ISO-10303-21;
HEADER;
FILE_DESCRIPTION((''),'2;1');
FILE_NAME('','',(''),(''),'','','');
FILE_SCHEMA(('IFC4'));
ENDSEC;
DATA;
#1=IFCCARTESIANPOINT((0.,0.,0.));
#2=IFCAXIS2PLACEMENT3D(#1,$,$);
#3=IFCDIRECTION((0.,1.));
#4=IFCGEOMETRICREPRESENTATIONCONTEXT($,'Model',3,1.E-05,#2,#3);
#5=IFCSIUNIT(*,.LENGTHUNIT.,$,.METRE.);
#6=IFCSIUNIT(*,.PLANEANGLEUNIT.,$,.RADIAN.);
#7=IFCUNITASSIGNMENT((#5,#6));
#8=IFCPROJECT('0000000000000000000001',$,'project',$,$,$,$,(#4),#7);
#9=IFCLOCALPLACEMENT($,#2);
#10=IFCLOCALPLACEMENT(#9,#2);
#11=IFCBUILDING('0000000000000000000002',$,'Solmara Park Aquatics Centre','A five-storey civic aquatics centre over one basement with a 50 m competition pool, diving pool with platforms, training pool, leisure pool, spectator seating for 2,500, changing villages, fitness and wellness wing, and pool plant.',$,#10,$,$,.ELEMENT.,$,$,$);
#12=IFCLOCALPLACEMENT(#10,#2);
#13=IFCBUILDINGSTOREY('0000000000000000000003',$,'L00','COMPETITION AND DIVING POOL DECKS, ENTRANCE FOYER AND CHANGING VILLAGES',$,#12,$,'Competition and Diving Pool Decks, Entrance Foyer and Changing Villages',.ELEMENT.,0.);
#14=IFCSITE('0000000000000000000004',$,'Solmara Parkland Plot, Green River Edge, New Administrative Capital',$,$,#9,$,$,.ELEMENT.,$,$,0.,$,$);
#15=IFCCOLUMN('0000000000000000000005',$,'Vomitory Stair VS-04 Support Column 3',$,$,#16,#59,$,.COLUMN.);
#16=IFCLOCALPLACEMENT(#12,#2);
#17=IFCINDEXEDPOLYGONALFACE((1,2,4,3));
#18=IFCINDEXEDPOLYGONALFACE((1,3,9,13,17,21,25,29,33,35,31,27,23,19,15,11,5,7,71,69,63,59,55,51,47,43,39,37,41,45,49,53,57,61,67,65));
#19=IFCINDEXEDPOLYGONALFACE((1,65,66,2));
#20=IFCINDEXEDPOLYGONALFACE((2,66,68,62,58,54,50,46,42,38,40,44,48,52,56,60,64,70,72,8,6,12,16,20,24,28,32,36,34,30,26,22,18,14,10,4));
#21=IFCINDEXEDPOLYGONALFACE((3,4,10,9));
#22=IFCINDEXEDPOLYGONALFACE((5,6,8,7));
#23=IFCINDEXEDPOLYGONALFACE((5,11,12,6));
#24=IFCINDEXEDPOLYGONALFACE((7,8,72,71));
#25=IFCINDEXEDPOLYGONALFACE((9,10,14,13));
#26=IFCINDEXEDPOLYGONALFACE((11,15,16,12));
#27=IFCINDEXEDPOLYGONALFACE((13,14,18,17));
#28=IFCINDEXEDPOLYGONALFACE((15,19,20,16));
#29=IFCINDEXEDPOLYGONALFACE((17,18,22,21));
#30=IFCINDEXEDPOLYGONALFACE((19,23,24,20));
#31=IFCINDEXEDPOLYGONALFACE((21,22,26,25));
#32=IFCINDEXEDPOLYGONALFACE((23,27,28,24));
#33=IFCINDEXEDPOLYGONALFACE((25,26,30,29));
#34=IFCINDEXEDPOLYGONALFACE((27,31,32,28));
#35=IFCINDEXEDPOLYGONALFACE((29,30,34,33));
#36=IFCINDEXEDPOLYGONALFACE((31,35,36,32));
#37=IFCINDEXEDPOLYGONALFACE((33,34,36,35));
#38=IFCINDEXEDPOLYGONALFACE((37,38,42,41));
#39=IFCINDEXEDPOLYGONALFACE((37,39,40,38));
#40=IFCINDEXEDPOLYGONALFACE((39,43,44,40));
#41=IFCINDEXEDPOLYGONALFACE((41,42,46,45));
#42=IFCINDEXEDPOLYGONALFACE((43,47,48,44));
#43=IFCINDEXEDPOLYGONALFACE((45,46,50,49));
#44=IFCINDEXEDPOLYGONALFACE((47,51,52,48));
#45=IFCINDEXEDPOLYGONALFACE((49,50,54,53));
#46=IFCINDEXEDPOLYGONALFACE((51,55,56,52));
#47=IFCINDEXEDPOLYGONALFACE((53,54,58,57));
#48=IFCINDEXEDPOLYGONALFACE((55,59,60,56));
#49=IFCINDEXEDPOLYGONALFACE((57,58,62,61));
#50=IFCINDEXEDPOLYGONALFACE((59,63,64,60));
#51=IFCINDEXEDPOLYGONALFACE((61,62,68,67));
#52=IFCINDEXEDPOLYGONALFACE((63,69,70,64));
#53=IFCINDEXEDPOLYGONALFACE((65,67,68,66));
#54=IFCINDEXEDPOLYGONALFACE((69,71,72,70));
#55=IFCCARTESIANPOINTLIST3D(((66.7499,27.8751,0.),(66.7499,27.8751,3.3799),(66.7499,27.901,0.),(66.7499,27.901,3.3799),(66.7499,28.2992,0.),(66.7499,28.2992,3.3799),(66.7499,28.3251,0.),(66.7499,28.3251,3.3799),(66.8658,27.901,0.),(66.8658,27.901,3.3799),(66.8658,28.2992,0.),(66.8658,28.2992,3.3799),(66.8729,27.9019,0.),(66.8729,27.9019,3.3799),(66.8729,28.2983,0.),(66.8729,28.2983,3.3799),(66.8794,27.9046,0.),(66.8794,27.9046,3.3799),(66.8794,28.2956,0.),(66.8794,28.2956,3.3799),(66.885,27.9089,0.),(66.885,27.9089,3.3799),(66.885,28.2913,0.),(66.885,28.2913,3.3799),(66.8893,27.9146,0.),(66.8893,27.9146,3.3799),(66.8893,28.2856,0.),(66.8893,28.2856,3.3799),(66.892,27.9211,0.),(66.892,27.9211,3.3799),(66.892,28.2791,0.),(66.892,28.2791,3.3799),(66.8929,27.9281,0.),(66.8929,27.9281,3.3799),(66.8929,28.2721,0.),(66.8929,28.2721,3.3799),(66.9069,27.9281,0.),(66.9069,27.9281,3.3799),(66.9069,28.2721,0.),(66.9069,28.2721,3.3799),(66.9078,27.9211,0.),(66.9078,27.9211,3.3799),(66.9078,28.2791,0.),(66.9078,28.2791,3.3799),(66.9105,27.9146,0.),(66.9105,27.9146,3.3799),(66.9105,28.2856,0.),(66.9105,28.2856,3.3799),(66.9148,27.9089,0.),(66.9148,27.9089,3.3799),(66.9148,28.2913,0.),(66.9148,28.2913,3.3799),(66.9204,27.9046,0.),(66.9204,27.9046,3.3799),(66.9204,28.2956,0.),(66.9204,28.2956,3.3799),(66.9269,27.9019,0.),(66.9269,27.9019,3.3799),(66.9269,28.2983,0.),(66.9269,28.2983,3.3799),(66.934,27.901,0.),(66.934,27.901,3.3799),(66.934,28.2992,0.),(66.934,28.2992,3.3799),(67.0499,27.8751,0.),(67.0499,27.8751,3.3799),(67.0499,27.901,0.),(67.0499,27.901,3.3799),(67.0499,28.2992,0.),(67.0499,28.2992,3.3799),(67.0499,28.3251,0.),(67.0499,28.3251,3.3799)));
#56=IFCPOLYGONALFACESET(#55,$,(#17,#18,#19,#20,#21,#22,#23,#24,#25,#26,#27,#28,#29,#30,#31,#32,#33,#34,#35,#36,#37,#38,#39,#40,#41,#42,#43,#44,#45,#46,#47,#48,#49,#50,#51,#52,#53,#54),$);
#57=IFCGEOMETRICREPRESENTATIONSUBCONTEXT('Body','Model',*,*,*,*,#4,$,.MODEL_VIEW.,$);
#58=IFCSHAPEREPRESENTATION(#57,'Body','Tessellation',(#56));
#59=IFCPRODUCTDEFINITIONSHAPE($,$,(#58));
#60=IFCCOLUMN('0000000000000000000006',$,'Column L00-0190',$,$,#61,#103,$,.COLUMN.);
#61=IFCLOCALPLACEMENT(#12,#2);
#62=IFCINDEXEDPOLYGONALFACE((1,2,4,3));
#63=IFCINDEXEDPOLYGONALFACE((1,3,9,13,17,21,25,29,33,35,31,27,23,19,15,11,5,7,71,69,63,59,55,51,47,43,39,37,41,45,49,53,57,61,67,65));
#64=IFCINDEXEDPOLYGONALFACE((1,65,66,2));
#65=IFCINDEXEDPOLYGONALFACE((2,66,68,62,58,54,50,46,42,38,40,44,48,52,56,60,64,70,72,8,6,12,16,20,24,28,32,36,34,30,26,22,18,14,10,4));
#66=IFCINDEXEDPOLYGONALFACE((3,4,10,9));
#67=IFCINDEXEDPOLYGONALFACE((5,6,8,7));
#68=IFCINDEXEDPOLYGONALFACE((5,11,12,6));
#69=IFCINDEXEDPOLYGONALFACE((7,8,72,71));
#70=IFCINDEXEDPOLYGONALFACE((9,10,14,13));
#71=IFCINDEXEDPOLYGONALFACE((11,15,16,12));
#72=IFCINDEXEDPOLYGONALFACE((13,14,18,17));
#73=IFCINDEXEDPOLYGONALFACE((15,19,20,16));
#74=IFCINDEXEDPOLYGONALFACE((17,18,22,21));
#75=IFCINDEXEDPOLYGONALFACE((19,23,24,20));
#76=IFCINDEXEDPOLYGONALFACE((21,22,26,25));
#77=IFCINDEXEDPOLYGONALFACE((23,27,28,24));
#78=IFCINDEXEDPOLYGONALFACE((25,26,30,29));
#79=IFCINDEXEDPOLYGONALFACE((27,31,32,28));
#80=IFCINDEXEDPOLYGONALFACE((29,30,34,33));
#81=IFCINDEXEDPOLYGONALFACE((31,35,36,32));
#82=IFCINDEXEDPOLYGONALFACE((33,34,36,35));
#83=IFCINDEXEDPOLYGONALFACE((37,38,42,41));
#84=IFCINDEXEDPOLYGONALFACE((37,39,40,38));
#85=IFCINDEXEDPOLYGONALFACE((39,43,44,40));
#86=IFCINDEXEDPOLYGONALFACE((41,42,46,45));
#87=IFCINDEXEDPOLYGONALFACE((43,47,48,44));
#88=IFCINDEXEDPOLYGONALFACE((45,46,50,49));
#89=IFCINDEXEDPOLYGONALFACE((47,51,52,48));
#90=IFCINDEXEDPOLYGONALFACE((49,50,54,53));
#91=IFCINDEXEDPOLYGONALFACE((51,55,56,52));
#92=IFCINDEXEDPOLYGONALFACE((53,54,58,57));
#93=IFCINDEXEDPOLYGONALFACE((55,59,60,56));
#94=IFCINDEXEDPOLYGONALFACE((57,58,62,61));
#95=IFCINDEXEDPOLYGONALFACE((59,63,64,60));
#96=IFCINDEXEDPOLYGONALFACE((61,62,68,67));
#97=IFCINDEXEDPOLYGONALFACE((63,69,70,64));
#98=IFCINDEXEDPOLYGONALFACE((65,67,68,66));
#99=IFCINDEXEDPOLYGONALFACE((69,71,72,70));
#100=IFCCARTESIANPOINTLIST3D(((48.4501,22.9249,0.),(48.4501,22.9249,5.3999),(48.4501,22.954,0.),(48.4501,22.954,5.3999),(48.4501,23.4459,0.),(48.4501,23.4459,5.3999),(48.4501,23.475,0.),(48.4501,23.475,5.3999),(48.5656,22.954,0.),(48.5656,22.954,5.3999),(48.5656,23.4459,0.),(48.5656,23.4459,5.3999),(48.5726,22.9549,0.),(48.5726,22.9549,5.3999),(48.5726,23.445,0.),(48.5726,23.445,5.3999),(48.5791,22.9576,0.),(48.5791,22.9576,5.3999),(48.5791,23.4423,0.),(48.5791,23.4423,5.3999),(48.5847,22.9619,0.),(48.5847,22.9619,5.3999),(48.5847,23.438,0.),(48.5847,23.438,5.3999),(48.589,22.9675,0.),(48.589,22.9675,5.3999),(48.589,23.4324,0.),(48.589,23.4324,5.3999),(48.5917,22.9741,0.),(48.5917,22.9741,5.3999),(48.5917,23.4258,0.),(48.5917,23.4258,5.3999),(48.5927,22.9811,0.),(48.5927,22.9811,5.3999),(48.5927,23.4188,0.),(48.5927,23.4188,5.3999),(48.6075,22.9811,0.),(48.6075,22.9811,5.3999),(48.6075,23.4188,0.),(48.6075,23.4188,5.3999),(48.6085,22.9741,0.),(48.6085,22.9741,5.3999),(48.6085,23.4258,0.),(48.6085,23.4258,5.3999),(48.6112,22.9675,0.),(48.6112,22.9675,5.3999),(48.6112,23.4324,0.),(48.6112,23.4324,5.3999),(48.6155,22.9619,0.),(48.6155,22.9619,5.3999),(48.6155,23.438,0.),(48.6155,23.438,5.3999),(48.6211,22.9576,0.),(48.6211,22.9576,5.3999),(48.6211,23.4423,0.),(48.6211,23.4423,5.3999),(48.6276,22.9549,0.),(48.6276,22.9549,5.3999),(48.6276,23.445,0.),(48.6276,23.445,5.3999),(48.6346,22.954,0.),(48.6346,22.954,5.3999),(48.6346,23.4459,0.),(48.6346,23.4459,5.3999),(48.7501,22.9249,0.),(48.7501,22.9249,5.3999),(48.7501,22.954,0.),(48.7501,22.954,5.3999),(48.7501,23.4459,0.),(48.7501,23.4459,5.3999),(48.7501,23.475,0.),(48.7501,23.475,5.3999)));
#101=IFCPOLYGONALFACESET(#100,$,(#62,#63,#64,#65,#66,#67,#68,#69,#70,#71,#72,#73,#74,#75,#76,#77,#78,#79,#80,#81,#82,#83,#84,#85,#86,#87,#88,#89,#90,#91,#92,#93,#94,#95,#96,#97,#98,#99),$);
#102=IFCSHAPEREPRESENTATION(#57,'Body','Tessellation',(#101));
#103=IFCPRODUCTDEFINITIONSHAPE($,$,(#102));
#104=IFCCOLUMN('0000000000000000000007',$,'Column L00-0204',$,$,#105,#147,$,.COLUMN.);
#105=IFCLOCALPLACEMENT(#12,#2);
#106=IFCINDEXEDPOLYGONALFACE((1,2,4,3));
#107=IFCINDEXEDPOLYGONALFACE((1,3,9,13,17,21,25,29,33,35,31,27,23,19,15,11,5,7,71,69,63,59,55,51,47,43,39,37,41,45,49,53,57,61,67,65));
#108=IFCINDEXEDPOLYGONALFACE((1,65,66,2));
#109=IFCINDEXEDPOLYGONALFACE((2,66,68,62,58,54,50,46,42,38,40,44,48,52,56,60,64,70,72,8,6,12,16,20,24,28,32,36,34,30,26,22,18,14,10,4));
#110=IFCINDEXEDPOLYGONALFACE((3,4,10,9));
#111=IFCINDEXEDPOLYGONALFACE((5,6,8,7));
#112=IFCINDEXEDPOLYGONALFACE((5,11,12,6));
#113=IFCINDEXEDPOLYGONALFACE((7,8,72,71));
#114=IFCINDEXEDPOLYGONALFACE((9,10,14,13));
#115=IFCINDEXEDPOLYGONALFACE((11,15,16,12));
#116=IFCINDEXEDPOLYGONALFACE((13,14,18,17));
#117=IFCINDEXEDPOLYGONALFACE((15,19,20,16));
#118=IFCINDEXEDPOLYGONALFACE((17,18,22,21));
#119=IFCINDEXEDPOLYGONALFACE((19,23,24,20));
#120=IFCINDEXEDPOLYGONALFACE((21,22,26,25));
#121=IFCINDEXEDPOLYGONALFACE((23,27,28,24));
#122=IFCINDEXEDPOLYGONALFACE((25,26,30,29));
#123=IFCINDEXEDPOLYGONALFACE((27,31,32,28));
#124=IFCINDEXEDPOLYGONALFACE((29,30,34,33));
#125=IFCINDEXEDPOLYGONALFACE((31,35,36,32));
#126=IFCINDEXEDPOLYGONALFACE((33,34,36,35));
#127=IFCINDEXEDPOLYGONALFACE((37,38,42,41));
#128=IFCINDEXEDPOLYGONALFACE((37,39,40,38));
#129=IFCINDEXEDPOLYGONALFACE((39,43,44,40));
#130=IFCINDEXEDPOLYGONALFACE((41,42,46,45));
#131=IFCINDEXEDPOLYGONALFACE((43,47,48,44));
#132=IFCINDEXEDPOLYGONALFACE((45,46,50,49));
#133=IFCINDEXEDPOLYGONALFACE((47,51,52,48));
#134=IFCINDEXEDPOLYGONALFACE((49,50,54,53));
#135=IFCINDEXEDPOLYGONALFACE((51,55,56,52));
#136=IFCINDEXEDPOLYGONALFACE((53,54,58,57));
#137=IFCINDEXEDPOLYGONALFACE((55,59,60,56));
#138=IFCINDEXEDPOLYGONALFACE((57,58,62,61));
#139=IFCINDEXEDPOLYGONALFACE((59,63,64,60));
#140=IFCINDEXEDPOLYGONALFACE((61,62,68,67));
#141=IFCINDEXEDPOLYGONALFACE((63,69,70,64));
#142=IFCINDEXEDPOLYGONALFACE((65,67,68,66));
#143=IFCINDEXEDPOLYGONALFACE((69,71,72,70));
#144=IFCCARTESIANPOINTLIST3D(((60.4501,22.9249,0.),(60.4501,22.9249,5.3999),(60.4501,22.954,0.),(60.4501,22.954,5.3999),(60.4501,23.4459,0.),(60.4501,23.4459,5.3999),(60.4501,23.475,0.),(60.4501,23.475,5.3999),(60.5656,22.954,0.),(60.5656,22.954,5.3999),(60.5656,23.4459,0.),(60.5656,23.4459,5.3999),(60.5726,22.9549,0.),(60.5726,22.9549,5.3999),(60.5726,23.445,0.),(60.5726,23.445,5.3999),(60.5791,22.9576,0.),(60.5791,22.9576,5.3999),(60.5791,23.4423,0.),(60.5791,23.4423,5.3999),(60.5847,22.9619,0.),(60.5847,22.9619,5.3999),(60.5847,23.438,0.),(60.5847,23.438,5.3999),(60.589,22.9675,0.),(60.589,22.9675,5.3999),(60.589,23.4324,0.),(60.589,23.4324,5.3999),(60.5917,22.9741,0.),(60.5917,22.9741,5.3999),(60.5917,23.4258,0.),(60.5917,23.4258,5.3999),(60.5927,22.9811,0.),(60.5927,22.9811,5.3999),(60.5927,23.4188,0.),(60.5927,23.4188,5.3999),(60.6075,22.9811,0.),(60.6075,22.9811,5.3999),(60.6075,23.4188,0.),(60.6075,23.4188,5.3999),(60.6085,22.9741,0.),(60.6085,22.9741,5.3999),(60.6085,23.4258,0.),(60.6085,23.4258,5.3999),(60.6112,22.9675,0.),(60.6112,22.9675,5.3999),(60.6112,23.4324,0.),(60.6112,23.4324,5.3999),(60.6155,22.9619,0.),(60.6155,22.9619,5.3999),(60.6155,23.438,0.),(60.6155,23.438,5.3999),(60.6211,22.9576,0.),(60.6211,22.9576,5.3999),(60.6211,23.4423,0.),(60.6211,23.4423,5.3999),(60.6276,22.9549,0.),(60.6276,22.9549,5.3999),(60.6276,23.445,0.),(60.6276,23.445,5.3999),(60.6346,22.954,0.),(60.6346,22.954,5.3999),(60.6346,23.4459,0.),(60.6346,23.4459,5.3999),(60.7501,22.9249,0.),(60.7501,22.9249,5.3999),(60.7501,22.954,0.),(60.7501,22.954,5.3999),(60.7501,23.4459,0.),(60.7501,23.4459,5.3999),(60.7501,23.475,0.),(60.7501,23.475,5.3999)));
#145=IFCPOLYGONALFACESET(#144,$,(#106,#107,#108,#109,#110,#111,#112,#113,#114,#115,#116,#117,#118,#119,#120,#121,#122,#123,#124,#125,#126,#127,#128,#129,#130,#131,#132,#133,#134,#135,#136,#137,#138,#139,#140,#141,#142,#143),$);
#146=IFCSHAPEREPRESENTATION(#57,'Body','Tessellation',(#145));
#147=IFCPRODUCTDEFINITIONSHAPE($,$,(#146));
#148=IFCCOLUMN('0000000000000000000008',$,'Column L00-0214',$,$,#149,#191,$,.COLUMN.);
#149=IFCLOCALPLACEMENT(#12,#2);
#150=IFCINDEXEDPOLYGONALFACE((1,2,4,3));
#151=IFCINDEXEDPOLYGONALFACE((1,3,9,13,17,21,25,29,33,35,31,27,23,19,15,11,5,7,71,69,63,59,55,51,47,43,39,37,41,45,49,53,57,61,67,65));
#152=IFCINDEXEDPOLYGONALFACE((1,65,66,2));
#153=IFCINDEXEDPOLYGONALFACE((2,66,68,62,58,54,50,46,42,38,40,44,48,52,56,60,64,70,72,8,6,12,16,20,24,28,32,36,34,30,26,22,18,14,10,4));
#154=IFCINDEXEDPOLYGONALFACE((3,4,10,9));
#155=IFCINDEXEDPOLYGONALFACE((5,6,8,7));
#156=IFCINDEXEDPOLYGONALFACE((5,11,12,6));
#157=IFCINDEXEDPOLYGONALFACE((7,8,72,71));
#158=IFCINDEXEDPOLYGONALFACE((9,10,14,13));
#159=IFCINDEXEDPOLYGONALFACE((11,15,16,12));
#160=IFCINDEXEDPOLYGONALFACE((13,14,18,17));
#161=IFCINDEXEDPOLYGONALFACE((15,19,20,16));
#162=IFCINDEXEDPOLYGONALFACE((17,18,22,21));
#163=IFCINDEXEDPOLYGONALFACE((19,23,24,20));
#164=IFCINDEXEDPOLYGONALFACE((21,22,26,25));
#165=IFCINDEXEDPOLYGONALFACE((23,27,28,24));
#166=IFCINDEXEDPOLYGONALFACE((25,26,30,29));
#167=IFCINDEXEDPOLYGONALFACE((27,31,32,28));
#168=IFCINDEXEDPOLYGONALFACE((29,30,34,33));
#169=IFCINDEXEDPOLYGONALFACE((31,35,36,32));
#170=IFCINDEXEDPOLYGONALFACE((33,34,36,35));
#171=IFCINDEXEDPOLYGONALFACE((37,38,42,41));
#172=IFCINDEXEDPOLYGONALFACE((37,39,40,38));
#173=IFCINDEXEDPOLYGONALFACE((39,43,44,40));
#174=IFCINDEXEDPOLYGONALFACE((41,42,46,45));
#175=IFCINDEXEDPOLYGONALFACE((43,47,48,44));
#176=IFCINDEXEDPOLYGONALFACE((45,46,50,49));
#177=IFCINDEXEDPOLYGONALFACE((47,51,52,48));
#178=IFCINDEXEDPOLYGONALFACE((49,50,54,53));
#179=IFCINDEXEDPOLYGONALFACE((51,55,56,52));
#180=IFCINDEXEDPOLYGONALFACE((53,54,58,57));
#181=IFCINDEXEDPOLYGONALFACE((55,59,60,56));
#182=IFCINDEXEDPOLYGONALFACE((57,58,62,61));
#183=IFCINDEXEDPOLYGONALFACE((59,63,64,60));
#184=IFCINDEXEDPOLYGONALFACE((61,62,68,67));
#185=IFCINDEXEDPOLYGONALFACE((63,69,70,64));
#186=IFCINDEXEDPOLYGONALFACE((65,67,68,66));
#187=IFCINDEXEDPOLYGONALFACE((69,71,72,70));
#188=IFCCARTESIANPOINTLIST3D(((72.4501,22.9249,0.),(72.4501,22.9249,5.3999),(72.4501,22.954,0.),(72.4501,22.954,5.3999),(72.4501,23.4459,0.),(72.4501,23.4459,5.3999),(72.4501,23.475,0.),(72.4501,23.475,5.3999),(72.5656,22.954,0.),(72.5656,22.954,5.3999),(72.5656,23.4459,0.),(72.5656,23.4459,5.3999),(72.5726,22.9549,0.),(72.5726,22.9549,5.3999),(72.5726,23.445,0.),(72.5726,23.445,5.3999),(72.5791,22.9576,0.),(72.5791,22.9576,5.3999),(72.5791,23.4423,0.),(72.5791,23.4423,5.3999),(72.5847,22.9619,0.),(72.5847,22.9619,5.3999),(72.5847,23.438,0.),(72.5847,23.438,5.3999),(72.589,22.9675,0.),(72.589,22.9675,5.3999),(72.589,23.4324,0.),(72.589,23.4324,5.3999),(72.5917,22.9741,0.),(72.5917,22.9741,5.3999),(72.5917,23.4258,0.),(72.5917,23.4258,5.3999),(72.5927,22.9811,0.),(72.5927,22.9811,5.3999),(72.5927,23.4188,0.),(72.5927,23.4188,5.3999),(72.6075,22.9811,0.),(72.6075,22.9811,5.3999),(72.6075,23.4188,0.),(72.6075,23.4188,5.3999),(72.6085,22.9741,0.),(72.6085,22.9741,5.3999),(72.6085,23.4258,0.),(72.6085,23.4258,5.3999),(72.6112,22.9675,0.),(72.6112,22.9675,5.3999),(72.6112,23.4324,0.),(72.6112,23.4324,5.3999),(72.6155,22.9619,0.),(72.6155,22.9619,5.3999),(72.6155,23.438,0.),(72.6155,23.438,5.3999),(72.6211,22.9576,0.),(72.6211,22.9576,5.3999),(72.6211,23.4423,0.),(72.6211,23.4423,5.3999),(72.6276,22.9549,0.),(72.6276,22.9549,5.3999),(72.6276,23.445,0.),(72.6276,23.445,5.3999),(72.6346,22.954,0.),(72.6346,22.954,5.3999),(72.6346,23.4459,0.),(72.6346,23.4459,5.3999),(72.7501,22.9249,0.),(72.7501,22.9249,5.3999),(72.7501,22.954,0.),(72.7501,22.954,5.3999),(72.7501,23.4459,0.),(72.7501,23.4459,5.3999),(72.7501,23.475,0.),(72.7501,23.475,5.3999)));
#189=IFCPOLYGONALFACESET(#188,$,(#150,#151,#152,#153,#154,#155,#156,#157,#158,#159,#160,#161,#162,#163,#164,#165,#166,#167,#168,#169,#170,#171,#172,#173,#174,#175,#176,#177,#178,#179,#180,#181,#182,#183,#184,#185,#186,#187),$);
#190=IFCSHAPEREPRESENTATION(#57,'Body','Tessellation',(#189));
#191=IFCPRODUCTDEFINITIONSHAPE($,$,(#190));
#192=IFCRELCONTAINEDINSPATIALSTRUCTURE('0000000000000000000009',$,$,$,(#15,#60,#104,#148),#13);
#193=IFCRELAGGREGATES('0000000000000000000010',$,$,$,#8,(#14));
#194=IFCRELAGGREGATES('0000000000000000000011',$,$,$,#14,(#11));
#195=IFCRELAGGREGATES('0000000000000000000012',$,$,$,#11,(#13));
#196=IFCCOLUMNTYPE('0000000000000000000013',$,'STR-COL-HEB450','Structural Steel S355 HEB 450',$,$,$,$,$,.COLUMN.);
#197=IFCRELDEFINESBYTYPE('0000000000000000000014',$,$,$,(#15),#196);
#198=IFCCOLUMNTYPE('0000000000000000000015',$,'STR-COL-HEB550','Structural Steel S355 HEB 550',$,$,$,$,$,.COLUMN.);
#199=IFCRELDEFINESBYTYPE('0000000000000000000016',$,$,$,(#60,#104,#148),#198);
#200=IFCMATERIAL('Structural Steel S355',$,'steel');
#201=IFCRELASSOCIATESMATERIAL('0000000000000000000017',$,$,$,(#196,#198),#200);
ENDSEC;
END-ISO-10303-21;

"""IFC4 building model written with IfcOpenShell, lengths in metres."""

from ifc_helpers import new_model, si_unit, direction, frame, origin, origin_2d, place, context, subcontext, project, spatial, i_section, extrude, material, material_profile, profile_set, type_object, element, save


model = new_model("IFC4")

# Units and contexts
model_context = context("Model", 3, precision=1e-05, world=origin(), true_north=direction((0.0, 1.0)))
body_context = subcontext(model_context, "Body", "Model", "MODEL_VIEW")
ifc_project = project(units=[si_unit("LENGTHUNIT", "METRE"), si_unit("PLANEANGLEUNIT", "RADIAN")], contexts=[model_context])

# Site, building, storey
site_placement = place(None, origin())
site = spatial("IfcSite", under=ifc_project, at=site_placement, Name="Solmara Parkland Plot, Green River Edge, New Administrative Capital", CompositionType="ELEMENT", RefElevation=0.0)
building_placement = place(site_placement, origin())
building = spatial("IfcBuilding", under=site, at=building_placement, Name="Solmara Park Aquatics Centre", Description="A five-storey civic aquatics centre over one basement with a 50 m competition pool, diving pool with platforms, training pool, leisure pool, spectator seating for 2,500, changing villages, fitness and wellness wing, and pool plant.", CompositionType="ELEMENT")
storey_placement = place(building_placement, origin())
storey = spatial("IfcBuildingStorey", under=building, at=storey_placement, Name="L00", Description="COMPETITION AND DIVING POOL DECKS, ENTRANCE FOYER AND CHANGING VILLAGES", LongName="Competition and Diving Pool Decks, Entrance Foyer and Changing Villages", CompositionType="ELEMENT", Elevation=0.0)

# Columns
ifc_material_1 = material(Name="Structural Steel S355", Category="steel")
ifc_material_profile_1 = material_profile(ifc_material_1, i_section(OverallWidth=0.3, OverallDepth=0.45, WebThickness=0.0139, FlangeThickness=0.0259, FilletRadius=0.0271, at=origin_2d()), Name="HEB 450")
ifc_profile_set_1 = profile_set([ifc_material_profile_1], Name="Structural Steel S355")
column_type_1 = type_object("IfcColumnType", Name="STR-COL-HEB450", Description="Structural Steel S355 HEB 450", PredefinedType="COLUMN", material=ifc_profile_set_1)
for number, where, z_axis, x_axis, name in (
    (1, (66.8999, 28.1001, 0.0), (0.0, 0.0, 1.0), (1.0, 0.0, 0.0), "Vomitory Stair VS-04 Support Column 3"),
):
    element("IfcColumn", number, at=place(storey_placement, frame(where, z_axis=z_axis, x_axis=x_axis)), inside=storey, type_object=column_type_1, Name=name, PredefinedType="COLUMN", context=body_context, shape_type="SweptSolid", body=[
        extrude(i_section(OverallWidth=0.3, OverallDepth=0.45, WebThickness=0.0139, FlangeThickness=0.0259, FilletRadius=0.0271, at=origin_2d()), origin(), (0.0, 0.0, 1.0), 3.3799),
    ])
ifc_material_profile_2 = material_profile(ifc_material_1, i_section(OverallWidth=0.3, OverallDepth=0.55, WebThickness=0.0149, FlangeThickness=0.0291, FilletRadius=0.0271, at=origin_2d()), Name="HEB 550")
ifc_profile_set_2 = profile_set([ifc_material_profile_2], Name="Structural Steel S355")
column_type_2 = type_object("IfcColumnType", Name="STR-COL-HEB550", Description="Structural Steel S355 HEB 550", PredefinedType="COLUMN", material=ifc_profile_set_2)
for number, where, z_axis, x_axis, name in (
    (2, (48.6001, 23.2, 0.0), (0.0, 0.0, 1.0), (1.0, 0.0, 0.0), "Column L00-0190"),
    (3, (60.6001, 23.2, 0.0), (0.0, 0.0, 1.0), (1.0, 0.0, 0.0), "Column L00-0204"),
    (4, (72.6001, 23.2, 0.0), (0.0, 0.0, 1.0), (1.0, 0.0, 0.0), "Column L00-0214"),
):
    element("IfcColumn", number, at=place(storey_placement, frame(where, z_axis=z_axis, x_axis=x_axis)), inside=storey, type_object=column_type_2, Name=name, PredefinedType="COLUMN", context=body_context, shape_type="SweptSolid", body=[
        extrude(i_section(OverallWidth=0.3, OverallDepth=0.55, WebThickness=0.0149, FlangeThickness=0.0291, FilletRadius=0.0271, at=origin_2d()), origin(), (0.0, 0.0, 1.0), 5.3999),
    ])

save(model, "model.ifc")
